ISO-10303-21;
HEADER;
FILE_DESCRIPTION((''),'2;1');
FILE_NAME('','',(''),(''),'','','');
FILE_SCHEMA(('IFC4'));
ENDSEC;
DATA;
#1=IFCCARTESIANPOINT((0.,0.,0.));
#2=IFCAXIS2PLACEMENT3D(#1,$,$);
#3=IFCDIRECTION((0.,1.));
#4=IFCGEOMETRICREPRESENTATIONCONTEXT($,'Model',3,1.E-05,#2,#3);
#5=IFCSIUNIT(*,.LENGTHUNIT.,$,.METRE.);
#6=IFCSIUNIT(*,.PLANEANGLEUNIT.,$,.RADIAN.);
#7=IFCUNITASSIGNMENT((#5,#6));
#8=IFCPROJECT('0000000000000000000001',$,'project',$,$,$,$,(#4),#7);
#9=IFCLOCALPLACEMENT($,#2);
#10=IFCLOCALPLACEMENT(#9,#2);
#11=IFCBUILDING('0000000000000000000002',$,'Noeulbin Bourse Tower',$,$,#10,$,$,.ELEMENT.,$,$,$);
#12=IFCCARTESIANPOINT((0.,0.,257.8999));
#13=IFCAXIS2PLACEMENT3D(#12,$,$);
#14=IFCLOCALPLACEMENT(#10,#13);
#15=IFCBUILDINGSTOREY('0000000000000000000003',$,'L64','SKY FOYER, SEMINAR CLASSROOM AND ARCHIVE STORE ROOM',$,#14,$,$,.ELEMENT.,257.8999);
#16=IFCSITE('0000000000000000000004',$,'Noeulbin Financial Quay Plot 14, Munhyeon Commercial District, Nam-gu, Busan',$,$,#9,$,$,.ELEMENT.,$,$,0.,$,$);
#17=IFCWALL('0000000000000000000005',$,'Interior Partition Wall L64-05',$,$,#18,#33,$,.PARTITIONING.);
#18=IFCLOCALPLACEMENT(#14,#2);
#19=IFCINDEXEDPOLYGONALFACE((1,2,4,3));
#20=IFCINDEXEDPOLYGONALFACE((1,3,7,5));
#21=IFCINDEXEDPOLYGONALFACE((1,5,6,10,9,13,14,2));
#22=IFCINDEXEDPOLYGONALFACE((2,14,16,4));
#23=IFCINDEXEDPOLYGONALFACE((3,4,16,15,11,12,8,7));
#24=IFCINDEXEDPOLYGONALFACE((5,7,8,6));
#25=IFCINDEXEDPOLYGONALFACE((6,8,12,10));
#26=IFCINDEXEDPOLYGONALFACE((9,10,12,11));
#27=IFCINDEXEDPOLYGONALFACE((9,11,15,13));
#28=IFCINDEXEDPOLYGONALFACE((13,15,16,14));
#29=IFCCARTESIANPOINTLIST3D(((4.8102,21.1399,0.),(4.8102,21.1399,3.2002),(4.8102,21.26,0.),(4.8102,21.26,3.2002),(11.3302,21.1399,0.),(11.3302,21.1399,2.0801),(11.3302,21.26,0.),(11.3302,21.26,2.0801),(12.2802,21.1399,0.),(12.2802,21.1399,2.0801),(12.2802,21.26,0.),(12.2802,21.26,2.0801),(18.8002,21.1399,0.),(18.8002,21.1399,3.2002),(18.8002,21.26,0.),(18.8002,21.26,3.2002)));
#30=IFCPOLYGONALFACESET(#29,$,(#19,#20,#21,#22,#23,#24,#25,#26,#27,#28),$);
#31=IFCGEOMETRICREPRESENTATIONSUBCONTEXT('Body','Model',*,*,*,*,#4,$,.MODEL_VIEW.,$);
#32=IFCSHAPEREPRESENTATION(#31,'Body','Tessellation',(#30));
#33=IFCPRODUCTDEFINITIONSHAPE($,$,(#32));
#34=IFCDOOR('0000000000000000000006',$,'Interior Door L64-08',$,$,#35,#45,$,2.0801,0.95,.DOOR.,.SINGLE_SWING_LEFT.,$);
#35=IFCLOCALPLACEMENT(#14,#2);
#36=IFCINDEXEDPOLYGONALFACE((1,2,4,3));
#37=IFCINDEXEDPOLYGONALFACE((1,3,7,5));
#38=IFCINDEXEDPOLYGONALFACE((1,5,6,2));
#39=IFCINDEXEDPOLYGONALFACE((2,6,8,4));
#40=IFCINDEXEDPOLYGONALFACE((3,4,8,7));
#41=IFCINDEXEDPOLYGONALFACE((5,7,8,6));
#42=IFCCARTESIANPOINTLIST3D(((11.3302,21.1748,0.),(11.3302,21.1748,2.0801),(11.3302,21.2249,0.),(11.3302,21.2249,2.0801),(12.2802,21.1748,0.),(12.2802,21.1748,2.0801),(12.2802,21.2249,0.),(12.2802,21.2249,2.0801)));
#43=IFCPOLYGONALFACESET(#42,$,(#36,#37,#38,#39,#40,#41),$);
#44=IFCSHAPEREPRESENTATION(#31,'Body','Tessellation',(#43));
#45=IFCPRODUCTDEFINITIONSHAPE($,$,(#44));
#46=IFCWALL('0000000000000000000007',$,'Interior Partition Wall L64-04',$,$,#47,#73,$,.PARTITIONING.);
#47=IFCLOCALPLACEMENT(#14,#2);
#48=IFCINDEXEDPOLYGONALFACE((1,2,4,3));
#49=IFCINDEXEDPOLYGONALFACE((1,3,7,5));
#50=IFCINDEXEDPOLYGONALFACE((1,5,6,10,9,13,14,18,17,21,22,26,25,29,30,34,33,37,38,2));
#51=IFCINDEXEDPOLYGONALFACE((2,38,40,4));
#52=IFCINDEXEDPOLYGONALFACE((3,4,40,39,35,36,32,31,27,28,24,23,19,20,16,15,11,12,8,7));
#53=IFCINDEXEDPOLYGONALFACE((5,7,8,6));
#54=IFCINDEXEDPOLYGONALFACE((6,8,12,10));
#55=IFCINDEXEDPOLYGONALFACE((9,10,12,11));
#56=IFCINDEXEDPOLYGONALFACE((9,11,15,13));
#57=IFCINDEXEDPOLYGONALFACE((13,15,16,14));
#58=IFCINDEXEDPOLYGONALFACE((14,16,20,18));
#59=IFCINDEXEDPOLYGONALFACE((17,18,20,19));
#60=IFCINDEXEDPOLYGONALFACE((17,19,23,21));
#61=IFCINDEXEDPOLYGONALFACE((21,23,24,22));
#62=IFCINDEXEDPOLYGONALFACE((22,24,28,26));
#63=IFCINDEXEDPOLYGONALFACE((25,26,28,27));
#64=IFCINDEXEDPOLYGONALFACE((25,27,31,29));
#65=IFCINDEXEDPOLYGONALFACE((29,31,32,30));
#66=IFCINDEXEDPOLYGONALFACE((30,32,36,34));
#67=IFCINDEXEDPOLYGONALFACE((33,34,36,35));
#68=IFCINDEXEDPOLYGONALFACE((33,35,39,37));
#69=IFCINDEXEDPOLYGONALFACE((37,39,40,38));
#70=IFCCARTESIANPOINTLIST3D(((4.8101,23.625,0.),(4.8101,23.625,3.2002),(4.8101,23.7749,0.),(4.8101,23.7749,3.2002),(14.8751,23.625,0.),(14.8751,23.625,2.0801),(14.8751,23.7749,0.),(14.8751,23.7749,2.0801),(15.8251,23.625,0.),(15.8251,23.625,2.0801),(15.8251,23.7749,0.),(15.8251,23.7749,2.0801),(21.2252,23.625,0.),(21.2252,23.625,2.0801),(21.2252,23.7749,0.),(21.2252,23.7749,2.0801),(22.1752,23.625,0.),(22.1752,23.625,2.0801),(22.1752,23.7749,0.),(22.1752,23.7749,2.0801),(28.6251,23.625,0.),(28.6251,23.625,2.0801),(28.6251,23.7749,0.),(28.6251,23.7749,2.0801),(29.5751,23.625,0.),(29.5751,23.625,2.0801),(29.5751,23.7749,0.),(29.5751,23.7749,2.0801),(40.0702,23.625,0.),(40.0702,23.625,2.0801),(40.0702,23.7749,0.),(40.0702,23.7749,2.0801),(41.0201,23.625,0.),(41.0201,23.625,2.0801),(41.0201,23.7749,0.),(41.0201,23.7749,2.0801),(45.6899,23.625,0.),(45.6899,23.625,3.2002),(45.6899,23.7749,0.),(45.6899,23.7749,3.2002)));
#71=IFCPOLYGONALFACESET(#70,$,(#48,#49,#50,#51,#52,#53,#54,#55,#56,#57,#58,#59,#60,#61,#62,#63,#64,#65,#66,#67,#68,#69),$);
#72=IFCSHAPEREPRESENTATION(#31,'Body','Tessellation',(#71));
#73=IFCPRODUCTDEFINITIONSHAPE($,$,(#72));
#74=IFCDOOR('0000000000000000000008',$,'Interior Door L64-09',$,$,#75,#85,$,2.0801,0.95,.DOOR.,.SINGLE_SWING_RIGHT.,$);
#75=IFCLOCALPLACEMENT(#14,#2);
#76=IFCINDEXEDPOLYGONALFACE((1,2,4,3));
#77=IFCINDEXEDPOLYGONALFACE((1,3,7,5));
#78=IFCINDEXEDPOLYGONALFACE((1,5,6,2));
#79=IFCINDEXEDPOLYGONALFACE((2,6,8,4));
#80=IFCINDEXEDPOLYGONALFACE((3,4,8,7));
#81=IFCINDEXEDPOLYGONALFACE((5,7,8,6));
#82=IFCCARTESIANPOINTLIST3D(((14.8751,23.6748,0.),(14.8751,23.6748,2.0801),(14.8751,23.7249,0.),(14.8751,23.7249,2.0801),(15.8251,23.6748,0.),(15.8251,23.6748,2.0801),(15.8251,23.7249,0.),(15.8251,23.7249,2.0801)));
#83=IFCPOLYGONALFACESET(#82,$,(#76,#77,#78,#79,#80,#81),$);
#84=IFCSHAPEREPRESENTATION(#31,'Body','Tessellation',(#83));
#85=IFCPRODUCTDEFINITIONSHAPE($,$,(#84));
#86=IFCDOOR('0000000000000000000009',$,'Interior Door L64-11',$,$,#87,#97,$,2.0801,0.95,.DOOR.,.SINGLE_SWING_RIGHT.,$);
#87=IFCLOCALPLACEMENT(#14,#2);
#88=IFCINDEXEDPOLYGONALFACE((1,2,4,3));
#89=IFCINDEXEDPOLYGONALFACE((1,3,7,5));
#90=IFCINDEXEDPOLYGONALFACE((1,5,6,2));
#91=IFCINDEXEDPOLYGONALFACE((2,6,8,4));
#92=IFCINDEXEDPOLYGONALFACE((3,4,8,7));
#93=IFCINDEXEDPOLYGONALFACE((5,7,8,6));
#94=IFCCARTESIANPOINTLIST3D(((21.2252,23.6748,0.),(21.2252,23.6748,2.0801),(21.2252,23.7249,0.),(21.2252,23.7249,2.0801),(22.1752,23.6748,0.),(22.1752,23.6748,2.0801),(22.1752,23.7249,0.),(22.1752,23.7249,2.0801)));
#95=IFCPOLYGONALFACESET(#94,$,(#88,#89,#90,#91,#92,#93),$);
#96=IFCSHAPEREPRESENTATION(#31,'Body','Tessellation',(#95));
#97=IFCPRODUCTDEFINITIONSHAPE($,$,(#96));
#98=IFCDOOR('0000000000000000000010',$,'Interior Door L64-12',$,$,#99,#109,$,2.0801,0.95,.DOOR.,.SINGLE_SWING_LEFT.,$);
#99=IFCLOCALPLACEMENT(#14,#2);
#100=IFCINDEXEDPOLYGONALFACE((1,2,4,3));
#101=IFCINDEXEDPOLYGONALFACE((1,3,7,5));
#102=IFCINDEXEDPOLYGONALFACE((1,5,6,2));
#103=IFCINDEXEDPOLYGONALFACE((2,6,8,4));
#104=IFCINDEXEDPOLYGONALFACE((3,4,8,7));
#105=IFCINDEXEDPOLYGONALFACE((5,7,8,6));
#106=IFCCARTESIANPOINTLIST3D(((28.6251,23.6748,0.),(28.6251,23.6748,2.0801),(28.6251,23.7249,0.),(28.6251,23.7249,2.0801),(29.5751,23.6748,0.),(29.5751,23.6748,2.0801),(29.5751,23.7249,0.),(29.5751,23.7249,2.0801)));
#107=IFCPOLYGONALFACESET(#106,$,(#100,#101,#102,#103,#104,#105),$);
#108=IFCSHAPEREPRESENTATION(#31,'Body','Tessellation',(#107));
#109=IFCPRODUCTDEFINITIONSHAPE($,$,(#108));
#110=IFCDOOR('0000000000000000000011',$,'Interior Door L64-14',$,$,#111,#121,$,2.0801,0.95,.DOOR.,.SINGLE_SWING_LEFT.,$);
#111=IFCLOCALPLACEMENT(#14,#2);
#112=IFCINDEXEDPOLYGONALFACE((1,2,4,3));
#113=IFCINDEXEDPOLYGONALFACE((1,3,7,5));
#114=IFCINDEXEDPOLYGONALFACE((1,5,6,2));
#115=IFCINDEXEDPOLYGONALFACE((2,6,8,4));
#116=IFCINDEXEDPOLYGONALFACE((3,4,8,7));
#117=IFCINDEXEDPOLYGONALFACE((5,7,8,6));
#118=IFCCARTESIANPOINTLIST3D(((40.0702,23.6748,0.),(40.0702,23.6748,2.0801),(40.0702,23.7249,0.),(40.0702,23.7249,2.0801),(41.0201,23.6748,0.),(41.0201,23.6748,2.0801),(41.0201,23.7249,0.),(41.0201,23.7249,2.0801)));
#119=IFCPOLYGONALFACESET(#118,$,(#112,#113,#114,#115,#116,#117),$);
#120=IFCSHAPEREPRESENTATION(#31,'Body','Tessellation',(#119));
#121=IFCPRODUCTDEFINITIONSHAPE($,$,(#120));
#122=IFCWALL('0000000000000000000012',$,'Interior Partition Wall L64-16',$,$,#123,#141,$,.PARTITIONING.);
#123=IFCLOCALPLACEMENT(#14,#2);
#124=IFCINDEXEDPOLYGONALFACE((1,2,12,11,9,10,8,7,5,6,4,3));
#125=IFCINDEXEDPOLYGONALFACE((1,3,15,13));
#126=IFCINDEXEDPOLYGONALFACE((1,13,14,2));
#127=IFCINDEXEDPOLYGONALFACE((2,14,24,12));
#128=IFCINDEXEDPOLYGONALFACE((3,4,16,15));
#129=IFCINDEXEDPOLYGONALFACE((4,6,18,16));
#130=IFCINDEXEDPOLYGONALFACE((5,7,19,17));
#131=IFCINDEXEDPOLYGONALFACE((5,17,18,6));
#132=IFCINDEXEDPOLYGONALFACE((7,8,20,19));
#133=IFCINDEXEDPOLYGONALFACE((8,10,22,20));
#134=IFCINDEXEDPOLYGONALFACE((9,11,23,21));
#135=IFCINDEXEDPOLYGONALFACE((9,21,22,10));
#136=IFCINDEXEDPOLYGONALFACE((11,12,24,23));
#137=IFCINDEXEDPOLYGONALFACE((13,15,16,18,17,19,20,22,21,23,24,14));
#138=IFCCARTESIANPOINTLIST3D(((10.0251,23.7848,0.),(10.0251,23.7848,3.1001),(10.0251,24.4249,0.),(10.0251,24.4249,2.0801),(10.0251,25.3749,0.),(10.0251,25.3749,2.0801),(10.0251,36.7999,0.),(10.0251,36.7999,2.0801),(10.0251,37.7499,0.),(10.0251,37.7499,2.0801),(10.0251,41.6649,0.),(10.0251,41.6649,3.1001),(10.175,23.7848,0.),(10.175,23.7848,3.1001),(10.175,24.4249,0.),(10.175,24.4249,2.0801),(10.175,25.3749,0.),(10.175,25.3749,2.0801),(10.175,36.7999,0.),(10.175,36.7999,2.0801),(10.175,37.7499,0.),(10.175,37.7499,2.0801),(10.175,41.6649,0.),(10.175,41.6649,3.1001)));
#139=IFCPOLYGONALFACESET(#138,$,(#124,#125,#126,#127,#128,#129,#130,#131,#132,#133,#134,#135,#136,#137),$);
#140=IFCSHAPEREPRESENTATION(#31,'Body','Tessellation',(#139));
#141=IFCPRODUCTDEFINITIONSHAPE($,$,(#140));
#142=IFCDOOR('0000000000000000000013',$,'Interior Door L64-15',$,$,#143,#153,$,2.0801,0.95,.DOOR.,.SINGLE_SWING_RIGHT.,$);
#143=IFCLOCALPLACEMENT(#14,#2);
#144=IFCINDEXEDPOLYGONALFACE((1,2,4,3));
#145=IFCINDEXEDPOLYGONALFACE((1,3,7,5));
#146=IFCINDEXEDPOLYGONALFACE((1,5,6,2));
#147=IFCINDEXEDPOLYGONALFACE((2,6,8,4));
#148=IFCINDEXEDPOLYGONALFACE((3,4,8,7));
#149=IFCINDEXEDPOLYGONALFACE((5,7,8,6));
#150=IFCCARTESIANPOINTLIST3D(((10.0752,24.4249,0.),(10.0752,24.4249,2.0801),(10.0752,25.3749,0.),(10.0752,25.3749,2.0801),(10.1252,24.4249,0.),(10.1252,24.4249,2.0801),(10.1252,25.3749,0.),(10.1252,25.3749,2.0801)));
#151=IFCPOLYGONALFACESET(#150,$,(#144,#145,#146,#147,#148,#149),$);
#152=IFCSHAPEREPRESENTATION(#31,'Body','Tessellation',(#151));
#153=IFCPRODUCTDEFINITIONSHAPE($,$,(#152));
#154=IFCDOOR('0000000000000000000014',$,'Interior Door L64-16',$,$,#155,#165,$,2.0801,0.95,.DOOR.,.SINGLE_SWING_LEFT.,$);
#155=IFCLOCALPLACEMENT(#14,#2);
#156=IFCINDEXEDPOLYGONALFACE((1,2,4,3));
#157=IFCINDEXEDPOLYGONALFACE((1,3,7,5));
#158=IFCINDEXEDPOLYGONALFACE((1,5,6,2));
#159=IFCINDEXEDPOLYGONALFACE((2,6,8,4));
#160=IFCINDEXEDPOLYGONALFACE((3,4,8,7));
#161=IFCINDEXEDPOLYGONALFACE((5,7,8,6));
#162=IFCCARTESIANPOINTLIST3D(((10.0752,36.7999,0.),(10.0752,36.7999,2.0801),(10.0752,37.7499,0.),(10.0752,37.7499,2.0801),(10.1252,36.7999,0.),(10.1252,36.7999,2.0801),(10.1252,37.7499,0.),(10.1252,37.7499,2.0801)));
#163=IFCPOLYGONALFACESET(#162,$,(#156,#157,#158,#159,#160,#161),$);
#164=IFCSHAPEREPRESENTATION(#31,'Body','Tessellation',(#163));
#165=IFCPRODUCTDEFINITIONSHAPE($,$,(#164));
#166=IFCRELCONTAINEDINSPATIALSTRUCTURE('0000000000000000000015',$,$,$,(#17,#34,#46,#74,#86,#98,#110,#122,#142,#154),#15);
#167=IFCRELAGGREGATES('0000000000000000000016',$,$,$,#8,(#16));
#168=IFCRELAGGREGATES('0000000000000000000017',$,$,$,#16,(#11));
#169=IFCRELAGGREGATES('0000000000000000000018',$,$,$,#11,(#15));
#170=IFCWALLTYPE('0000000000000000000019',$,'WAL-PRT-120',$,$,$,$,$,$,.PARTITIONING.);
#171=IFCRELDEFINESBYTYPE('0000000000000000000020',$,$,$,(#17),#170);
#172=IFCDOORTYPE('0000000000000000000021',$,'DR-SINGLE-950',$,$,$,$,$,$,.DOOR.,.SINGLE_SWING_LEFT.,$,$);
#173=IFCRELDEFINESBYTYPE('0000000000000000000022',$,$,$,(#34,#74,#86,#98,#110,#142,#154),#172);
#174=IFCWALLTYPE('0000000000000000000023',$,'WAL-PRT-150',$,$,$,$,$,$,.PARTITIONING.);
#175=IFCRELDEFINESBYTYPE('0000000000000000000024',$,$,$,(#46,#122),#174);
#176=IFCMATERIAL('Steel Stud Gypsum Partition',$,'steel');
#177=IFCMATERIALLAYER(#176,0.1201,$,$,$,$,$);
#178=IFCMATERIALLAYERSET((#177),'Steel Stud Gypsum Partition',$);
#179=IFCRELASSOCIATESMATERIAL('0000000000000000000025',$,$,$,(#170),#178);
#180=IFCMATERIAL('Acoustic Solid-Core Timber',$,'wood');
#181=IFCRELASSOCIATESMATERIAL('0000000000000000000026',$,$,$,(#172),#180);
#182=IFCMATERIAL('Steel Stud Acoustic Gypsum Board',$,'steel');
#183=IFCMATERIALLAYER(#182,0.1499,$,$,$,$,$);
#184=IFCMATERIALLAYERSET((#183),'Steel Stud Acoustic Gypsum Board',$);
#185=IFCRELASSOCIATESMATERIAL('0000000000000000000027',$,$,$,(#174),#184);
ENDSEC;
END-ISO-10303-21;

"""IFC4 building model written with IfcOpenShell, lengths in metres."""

from ifc_helpers import new_model, si_unit, direction, frame, frame_2d, origin, place, context, subcontext, project, spatial, rectangle, extrude, material, layer, layer_set, type_object, element, fill, save


model = new_model("IFC4")

# Units and contexts
model_context = context("Model", 3, precision=1e-05, world=origin(), true_north=direction((0.0, 1.0)))
body_context = subcontext(model_context, "Body", "Model", "MODEL_VIEW")
ifc_project = project(units=[si_unit("LENGTHUNIT", "METRE"), si_unit("PLANEANGLEUNIT", "RADIAN")], contexts=[model_context])

# Site, building, storey
site_placement = place(None, origin())
site = spatial("IfcSite", under=ifc_project, at=site_placement, Name="Noeulbin Financial Quay Plot 14, Munhyeon Commercial District, Nam-gu, Busan", CompositionType="ELEMENT", RefElevation=0.0)
building_placement = place(site_placement, origin())
building = spatial("IfcBuilding", under=site, at=building_placement, Name="Noeulbin Bourse Tower", CompositionType="ELEMENT")
storey_placement = place(building_placement, frame((0.0, 0.0, 257.8999)))
storey = spatial("IfcBuildingStorey", under=building, at=storey_placement, Name="L64", Description="SKY FOYER, SEMINAR CLASSROOM AND ARCHIVE STORE ROOM", CompositionType="ELEMENT", Elevation=257.8999)

# Wall, opening, door
ifc_material_1 = material(Name="Steel Stud Gypsum Partition", Category="steel")
ifc_layer_1 = layer(ifc_material_1, 0.1201)
ifc_layer_set_1 = layer_set([ifc_layer_1], Name="Steel Stud Gypsum Partition")
wall_type_1 = type_object("IfcWallType", Name="WAL-PRT-120", PredefinedType="PARTITIONING", material=ifc_layer_set_1)
wall_1_placement = place(storey_placement, frame((4.8101, 21.2, 0.0), z_axis=(0.0, 0.0, 1.0), x_axis=(1.0, 0.0, 0.0)))
wall_1 = element("IfcWall", 1, at=wall_1_placement, inside=storey, type_object=wall_type_1, Name="Interior Partition Wall L64-05", PredefinedType="PARTITIONING", context=body_context, shape_type="SweptSolid", body=[
    extrude(rectangle(XDim=13.99, YDim=0.1201, at=frame_2d((6.9951, 0.0))), origin(), (0.0, 0.0, 1.0), 3.2002),
])
opening_1_placement = place(wall_1_placement, frame((6.52, 0.0, 0.0)))
opening_1 = element("IfcOpeningElement", 2, at=opening_1_placement, cuts=wall_1, PredefinedType="OPENING", context=body_context, shape_type="SweptSolid", body=[
    extrude(rectangle(XDim=0.95, YDim=2.0801, at=frame_2d((0.4751, 1.04))), frame((0.0, 0.0701, 0.0), z_axis=(0.0, -1.0, 0.0), x_axis=(1.0, 0.0, 0.0)), (0.0, 0.0, 1.0), 0.1401),
])
ifc_material_2 = material(Name="Acoustic Solid-Core Timber", Category="wood")
door_type = type_object("IfcDoorType", Name="DR-SINGLE-950", OperationType="SINGLE_SWING_LEFT", PredefinedType="DOOR", material=ifc_material_2)
door_1_placement = place(opening_1_placement, origin())
door_1 = element("IfcDoor", 3, at=door_1_placement, inside=storey, type_object=door_type, Name="Interior Door L64-08", OperationType="SINGLE_SWING_LEFT", OverallHeight=2.0801, OverallWidth=0.95, PredefinedType="DOOR", context=body_context, shape_type="SweptSolid", body=[
    extrude(rectangle(XDim=0.95, YDim=2.0801, at=frame_2d((0.4751, 1.04))), frame((0.0, 0.0249, 0.0), z_axis=(0.0, -1.0, 0.0), x_axis=(1.0, 0.0, 0.0)), (0.0, 0.0, 1.0), 0.05),
])
fill(opening_1, door_1)

# Walls, openings, doors
ifc_material_3 = material(Name="Steel Stud Acoustic Gypsum Board", Category="steel")
ifc_layer_2 = layer(ifc_material_3, 0.1499)
ifc_layer_set_2 = layer_set([ifc_layer_2], Name="Steel Stud Acoustic Gypsum Board")
wall_type_2 = type_object("IfcWallType", Name="WAL-PRT-150", PredefinedType="PARTITIONING", material=ifc_layer_set_2)
wall_2_placement = place(storey_placement, frame((4.8101, 23.7, 0.0), z_axis=(0.0, 0.0, 1.0), x_axis=(1.0, 0.0, 0.0)))
wall_2 = element("IfcWall", 4, at=wall_2_placement, inside=storey, type_object=wall_type_2, Name="Interior Partition Wall L64-04", PredefinedType="PARTITIONING", context=body_context, shape_type="SweptSolid", body=[
    extrude(rectangle(XDim=40.8799, YDim=0.1499, at=frame_2d((20.4399, 0.0))), origin(), (0.0, 0.0, 1.0), 3.2002),
])
opening_2_placement = place(wall_2_placement, frame((10.0649, 0.0, 0.0)))
opening_2 = element("IfcOpeningElement", 5, at=opening_2_placement, cuts=wall_2, PredefinedType="OPENING", context=body_context, shape_type="SweptSolid", body=[
    extrude(rectangle(XDim=0.95, YDim=2.0801, at=frame_2d((0.4751, 1.04))), frame((0.0, 0.085, 0.0), z_axis=(0.0, -1.0, 0.0), x_axis=(1.0, 0.0, 0.0)), (0.0, 0.0, 1.0), 0.1699),
])
opening_3_placement = place(wall_2_placement, frame((16.415, 0.0, 0.0)))
opening_3 = element("IfcOpeningElement", 6, at=opening_3_placement, cuts=wall_2, PredefinedType="OPENING", context=body_context, shape_type="SweptSolid", body=[
    extrude(rectangle(XDim=0.95, YDim=2.0801, at=frame_2d((0.4751, 1.04))), frame((0.0, 0.085, 0.0), z_axis=(0.0, -1.0, 0.0), x_axis=(1.0, 0.0, 0.0)), (0.0, 0.0, 1.0), 0.1699),
])
opening_4_placement = place(wall_2_placement, frame((23.8149, 0.0, 0.0)))
opening_4 = element("IfcOpeningElement", 7, at=opening_4_placement, cuts=wall_2, PredefinedType="OPENING", context=body_context, shape_type="SweptSolid", body=[
    extrude(rectangle(XDim=0.95, YDim=2.0801, at=frame_2d((0.4751, 1.04))), frame((0.0, 0.085, 0.0), z_axis=(0.0, -1.0, 0.0), x_axis=(1.0, 0.0, 0.0)), (0.0, 0.0, 1.0), 0.1699),
])
opening_5_placement = place(wall_2_placement, frame((35.26, 0.0, 0.0)))
opening_5 = element("IfcOpeningElement", 8, at=opening_5_placement, cuts=wall_2, PredefinedType="OPENING", context=body_context, shape_type="SweptSolid", body=[
    extrude(rectangle(XDim=0.95, YDim=2.0801, at=frame_2d((0.4751, 1.04))), frame((0.0, 0.085, 0.0), z_axis=(0.0, -1.0, 0.0), x_axis=(1.0, 0.0, 0.0)), (0.0, 0.0, 1.0), 0.1699),
])
door_2_placement = place(opening_2_placement, origin())
door_2 = element("IfcDoor", 9, at=door_2_placement, inside=storey, type_object=door_type, Name="Interior Door L64-09", OperationType="SINGLE_SWING_RIGHT", OverallHeight=2.0801, OverallWidth=0.95, PredefinedType="DOOR", context=body_context, shape_type="SweptSolid", body=[
    extrude(rectangle(XDim=0.95, YDim=2.0801, at=frame_2d((0.4751, 1.04))), frame((0.0, 0.0249, 0.0), z_axis=(0.0, -1.0, 0.0), x_axis=(1.0, 0.0, 0.0)), (0.0, 0.0, 1.0), 0.05),
])
fill(opening_2, door_2)
door_3_placement = place(opening_3_placement, origin())
door_3 = element("IfcDoor", 10, at=door_3_placement, inside=storey, type_object=door_type, Name="Interior Door L64-11", OperationType="SINGLE_SWING_RIGHT", OverallHeight=2.0801, OverallWidth=0.95, PredefinedType="DOOR", context=body_context, shape_type="SweptSolid", body=[
    extrude(rectangle(XDim=0.95, YDim=2.0801, at=frame_2d((0.4751, 1.04))), frame((0.0, 0.0249, 0.0), z_axis=(0.0, -1.0, 0.0), x_axis=(1.0, 0.0, 0.0)), (0.0, 0.0, 1.0), 0.05),
])
fill(opening_3, door_3)
door_4_placement = place(opening_4_placement, origin())
door_4 = element("IfcDoor", 11, at=door_4_placement, inside=storey, type_object=door_type, Name="Interior Door L64-12", OperationType="SINGLE_SWING_LEFT", OverallHeight=2.0801, OverallWidth=0.95, PredefinedType="DOOR", context=body_context, shape_type="SweptSolid", body=[
    extrude(rectangle(XDim=0.95, YDim=2.0801, at=frame_2d((0.4751, 1.04))), frame((0.0, 0.0249, 0.0), z_axis=(0.0, -1.0, 0.0), x_axis=(1.0, 0.0, 0.0)), (0.0, 0.0, 1.0), 0.05),
])
fill(opening_4, door_4)
door_5_placement = place(opening_5_placement, origin())
door_5 = element("IfcDoor", 12, at=door_5_placement, inside=storey, type_object=door_type, Name="Interior Door L64-14", OperationType="SINGLE_SWING_LEFT", OverallHeight=2.0801, OverallWidth=0.95, PredefinedType="DOOR", context=body_context, shape_type="SweptSolid", body=[
    extrude(rectangle(XDim=0.95, YDim=2.0801, at=frame_2d((0.4751, 1.04))), frame((0.0, 0.0249, 0.0), z_axis=(0.0, -1.0, 0.0), x_axis=(1.0, 0.0, 0.0)), (0.0, 0.0, 1.0), 0.05),
])
fill(opening_5, door_5)
wall_3_placement = place(storey_placement, frame((10.1001, 23.7849, 0.0), z_axis=(0.0, 0.0, 1.0), x_axis=(0.0, 1.0, 0.0)))
wall_3 = element("IfcWall", 13, at=wall_3_placement, inside=storey, type_object=wall_type_2, Name="Interior Partition Wall L64-16", PredefinedType="PARTITIONING", context=body_context, shape_type="SweptSolid", body=[
    extrude(rectangle(XDim=17.8801, YDim=0.1499, at=frame_2d((8.9399, 0.0))), origin(), (0.0, 0.0, 1.0), 3.1001),
])
opening_6_placement = place(wall_3_placement, frame((0.6399, 0.0, 0.0)))
opening_6 = element("IfcOpeningElement", 14, at=opening_6_placement, cuts=wall_3, PredefinedType="OPENING", context=body_context, shape_type="SweptSolid", body=[
    extrude(rectangle(XDim=0.95, YDim=2.0801, at=frame_2d((0.4751, 1.04))), frame((0.0, 0.085, 0.0), z_axis=(0.0, -1.0, 0.0), x_axis=(1.0, 0.0, 0.0)), (0.0, 0.0, 1.0), 0.1699),
])
opening_7_placement = place(wall_3_placement, frame((13.0149, 0.0, 0.0)))
opening_7 = element("IfcOpeningElement", 15, at=opening_7_placement, cuts=wall_3, PredefinedType="OPENING", context=body_context, shape_type="SweptSolid", body=[
    extrude(rectangle(XDim=0.95, YDim=2.0801, at=frame_2d((0.4751, 1.04))), frame((0.0, 0.085, 0.0), z_axis=(0.0, -1.0, 0.0), x_axis=(1.0, 0.0, 0.0)), (0.0, 0.0, 1.0), 0.1699),
])
door_6_placement = place(opening_6_placement, origin())
door_6 = element("IfcDoor", 16, at=door_6_placement, inside=storey, type_object=door_type, Name="Interior Door L64-15", OperationType="SINGLE_SWING_RIGHT", OverallHeight=2.0801, OverallWidth=0.95, PredefinedType="DOOR", context=body_context, shape_type="SweptSolid", body=[
    extrude(rectangle(XDim=0.95, YDim=2.0801, at=frame_2d((0.4751, 1.04))), frame((0.0, 0.0249, 0.0), z_axis=(0.0, -1.0, 0.0), x_axis=(1.0, 0.0, 0.0)), (0.0, 0.0, 1.0), 0.05),
])
fill(opening_6, door_6)
door_7_placement = place(opening_7_placement, origin())
door_7 = element("IfcDoor", 17, at=door_7_placement, inside=storey, type_object=door_type, Name="Interior Door L64-16", OperationType="SINGLE_SWING_LEFT", OverallHeight=2.0801, OverallWidth=0.95, PredefinedType="DOOR", context=body_context, shape_type="SweptSolid", body=[
    extrude(rectangle(XDim=0.95, YDim=2.0801, at=frame_2d((0.4751, 1.04))), frame((0.0, 0.0249, 0.0), z_axis=(0.0, -1.0, 0.0), x_axis=(1.0, 0.0, 0.0)), (0.0, 0.0, 1.0), 0.05),
])
fill(opening_7, door_7)

save(model, "model.ifc")
